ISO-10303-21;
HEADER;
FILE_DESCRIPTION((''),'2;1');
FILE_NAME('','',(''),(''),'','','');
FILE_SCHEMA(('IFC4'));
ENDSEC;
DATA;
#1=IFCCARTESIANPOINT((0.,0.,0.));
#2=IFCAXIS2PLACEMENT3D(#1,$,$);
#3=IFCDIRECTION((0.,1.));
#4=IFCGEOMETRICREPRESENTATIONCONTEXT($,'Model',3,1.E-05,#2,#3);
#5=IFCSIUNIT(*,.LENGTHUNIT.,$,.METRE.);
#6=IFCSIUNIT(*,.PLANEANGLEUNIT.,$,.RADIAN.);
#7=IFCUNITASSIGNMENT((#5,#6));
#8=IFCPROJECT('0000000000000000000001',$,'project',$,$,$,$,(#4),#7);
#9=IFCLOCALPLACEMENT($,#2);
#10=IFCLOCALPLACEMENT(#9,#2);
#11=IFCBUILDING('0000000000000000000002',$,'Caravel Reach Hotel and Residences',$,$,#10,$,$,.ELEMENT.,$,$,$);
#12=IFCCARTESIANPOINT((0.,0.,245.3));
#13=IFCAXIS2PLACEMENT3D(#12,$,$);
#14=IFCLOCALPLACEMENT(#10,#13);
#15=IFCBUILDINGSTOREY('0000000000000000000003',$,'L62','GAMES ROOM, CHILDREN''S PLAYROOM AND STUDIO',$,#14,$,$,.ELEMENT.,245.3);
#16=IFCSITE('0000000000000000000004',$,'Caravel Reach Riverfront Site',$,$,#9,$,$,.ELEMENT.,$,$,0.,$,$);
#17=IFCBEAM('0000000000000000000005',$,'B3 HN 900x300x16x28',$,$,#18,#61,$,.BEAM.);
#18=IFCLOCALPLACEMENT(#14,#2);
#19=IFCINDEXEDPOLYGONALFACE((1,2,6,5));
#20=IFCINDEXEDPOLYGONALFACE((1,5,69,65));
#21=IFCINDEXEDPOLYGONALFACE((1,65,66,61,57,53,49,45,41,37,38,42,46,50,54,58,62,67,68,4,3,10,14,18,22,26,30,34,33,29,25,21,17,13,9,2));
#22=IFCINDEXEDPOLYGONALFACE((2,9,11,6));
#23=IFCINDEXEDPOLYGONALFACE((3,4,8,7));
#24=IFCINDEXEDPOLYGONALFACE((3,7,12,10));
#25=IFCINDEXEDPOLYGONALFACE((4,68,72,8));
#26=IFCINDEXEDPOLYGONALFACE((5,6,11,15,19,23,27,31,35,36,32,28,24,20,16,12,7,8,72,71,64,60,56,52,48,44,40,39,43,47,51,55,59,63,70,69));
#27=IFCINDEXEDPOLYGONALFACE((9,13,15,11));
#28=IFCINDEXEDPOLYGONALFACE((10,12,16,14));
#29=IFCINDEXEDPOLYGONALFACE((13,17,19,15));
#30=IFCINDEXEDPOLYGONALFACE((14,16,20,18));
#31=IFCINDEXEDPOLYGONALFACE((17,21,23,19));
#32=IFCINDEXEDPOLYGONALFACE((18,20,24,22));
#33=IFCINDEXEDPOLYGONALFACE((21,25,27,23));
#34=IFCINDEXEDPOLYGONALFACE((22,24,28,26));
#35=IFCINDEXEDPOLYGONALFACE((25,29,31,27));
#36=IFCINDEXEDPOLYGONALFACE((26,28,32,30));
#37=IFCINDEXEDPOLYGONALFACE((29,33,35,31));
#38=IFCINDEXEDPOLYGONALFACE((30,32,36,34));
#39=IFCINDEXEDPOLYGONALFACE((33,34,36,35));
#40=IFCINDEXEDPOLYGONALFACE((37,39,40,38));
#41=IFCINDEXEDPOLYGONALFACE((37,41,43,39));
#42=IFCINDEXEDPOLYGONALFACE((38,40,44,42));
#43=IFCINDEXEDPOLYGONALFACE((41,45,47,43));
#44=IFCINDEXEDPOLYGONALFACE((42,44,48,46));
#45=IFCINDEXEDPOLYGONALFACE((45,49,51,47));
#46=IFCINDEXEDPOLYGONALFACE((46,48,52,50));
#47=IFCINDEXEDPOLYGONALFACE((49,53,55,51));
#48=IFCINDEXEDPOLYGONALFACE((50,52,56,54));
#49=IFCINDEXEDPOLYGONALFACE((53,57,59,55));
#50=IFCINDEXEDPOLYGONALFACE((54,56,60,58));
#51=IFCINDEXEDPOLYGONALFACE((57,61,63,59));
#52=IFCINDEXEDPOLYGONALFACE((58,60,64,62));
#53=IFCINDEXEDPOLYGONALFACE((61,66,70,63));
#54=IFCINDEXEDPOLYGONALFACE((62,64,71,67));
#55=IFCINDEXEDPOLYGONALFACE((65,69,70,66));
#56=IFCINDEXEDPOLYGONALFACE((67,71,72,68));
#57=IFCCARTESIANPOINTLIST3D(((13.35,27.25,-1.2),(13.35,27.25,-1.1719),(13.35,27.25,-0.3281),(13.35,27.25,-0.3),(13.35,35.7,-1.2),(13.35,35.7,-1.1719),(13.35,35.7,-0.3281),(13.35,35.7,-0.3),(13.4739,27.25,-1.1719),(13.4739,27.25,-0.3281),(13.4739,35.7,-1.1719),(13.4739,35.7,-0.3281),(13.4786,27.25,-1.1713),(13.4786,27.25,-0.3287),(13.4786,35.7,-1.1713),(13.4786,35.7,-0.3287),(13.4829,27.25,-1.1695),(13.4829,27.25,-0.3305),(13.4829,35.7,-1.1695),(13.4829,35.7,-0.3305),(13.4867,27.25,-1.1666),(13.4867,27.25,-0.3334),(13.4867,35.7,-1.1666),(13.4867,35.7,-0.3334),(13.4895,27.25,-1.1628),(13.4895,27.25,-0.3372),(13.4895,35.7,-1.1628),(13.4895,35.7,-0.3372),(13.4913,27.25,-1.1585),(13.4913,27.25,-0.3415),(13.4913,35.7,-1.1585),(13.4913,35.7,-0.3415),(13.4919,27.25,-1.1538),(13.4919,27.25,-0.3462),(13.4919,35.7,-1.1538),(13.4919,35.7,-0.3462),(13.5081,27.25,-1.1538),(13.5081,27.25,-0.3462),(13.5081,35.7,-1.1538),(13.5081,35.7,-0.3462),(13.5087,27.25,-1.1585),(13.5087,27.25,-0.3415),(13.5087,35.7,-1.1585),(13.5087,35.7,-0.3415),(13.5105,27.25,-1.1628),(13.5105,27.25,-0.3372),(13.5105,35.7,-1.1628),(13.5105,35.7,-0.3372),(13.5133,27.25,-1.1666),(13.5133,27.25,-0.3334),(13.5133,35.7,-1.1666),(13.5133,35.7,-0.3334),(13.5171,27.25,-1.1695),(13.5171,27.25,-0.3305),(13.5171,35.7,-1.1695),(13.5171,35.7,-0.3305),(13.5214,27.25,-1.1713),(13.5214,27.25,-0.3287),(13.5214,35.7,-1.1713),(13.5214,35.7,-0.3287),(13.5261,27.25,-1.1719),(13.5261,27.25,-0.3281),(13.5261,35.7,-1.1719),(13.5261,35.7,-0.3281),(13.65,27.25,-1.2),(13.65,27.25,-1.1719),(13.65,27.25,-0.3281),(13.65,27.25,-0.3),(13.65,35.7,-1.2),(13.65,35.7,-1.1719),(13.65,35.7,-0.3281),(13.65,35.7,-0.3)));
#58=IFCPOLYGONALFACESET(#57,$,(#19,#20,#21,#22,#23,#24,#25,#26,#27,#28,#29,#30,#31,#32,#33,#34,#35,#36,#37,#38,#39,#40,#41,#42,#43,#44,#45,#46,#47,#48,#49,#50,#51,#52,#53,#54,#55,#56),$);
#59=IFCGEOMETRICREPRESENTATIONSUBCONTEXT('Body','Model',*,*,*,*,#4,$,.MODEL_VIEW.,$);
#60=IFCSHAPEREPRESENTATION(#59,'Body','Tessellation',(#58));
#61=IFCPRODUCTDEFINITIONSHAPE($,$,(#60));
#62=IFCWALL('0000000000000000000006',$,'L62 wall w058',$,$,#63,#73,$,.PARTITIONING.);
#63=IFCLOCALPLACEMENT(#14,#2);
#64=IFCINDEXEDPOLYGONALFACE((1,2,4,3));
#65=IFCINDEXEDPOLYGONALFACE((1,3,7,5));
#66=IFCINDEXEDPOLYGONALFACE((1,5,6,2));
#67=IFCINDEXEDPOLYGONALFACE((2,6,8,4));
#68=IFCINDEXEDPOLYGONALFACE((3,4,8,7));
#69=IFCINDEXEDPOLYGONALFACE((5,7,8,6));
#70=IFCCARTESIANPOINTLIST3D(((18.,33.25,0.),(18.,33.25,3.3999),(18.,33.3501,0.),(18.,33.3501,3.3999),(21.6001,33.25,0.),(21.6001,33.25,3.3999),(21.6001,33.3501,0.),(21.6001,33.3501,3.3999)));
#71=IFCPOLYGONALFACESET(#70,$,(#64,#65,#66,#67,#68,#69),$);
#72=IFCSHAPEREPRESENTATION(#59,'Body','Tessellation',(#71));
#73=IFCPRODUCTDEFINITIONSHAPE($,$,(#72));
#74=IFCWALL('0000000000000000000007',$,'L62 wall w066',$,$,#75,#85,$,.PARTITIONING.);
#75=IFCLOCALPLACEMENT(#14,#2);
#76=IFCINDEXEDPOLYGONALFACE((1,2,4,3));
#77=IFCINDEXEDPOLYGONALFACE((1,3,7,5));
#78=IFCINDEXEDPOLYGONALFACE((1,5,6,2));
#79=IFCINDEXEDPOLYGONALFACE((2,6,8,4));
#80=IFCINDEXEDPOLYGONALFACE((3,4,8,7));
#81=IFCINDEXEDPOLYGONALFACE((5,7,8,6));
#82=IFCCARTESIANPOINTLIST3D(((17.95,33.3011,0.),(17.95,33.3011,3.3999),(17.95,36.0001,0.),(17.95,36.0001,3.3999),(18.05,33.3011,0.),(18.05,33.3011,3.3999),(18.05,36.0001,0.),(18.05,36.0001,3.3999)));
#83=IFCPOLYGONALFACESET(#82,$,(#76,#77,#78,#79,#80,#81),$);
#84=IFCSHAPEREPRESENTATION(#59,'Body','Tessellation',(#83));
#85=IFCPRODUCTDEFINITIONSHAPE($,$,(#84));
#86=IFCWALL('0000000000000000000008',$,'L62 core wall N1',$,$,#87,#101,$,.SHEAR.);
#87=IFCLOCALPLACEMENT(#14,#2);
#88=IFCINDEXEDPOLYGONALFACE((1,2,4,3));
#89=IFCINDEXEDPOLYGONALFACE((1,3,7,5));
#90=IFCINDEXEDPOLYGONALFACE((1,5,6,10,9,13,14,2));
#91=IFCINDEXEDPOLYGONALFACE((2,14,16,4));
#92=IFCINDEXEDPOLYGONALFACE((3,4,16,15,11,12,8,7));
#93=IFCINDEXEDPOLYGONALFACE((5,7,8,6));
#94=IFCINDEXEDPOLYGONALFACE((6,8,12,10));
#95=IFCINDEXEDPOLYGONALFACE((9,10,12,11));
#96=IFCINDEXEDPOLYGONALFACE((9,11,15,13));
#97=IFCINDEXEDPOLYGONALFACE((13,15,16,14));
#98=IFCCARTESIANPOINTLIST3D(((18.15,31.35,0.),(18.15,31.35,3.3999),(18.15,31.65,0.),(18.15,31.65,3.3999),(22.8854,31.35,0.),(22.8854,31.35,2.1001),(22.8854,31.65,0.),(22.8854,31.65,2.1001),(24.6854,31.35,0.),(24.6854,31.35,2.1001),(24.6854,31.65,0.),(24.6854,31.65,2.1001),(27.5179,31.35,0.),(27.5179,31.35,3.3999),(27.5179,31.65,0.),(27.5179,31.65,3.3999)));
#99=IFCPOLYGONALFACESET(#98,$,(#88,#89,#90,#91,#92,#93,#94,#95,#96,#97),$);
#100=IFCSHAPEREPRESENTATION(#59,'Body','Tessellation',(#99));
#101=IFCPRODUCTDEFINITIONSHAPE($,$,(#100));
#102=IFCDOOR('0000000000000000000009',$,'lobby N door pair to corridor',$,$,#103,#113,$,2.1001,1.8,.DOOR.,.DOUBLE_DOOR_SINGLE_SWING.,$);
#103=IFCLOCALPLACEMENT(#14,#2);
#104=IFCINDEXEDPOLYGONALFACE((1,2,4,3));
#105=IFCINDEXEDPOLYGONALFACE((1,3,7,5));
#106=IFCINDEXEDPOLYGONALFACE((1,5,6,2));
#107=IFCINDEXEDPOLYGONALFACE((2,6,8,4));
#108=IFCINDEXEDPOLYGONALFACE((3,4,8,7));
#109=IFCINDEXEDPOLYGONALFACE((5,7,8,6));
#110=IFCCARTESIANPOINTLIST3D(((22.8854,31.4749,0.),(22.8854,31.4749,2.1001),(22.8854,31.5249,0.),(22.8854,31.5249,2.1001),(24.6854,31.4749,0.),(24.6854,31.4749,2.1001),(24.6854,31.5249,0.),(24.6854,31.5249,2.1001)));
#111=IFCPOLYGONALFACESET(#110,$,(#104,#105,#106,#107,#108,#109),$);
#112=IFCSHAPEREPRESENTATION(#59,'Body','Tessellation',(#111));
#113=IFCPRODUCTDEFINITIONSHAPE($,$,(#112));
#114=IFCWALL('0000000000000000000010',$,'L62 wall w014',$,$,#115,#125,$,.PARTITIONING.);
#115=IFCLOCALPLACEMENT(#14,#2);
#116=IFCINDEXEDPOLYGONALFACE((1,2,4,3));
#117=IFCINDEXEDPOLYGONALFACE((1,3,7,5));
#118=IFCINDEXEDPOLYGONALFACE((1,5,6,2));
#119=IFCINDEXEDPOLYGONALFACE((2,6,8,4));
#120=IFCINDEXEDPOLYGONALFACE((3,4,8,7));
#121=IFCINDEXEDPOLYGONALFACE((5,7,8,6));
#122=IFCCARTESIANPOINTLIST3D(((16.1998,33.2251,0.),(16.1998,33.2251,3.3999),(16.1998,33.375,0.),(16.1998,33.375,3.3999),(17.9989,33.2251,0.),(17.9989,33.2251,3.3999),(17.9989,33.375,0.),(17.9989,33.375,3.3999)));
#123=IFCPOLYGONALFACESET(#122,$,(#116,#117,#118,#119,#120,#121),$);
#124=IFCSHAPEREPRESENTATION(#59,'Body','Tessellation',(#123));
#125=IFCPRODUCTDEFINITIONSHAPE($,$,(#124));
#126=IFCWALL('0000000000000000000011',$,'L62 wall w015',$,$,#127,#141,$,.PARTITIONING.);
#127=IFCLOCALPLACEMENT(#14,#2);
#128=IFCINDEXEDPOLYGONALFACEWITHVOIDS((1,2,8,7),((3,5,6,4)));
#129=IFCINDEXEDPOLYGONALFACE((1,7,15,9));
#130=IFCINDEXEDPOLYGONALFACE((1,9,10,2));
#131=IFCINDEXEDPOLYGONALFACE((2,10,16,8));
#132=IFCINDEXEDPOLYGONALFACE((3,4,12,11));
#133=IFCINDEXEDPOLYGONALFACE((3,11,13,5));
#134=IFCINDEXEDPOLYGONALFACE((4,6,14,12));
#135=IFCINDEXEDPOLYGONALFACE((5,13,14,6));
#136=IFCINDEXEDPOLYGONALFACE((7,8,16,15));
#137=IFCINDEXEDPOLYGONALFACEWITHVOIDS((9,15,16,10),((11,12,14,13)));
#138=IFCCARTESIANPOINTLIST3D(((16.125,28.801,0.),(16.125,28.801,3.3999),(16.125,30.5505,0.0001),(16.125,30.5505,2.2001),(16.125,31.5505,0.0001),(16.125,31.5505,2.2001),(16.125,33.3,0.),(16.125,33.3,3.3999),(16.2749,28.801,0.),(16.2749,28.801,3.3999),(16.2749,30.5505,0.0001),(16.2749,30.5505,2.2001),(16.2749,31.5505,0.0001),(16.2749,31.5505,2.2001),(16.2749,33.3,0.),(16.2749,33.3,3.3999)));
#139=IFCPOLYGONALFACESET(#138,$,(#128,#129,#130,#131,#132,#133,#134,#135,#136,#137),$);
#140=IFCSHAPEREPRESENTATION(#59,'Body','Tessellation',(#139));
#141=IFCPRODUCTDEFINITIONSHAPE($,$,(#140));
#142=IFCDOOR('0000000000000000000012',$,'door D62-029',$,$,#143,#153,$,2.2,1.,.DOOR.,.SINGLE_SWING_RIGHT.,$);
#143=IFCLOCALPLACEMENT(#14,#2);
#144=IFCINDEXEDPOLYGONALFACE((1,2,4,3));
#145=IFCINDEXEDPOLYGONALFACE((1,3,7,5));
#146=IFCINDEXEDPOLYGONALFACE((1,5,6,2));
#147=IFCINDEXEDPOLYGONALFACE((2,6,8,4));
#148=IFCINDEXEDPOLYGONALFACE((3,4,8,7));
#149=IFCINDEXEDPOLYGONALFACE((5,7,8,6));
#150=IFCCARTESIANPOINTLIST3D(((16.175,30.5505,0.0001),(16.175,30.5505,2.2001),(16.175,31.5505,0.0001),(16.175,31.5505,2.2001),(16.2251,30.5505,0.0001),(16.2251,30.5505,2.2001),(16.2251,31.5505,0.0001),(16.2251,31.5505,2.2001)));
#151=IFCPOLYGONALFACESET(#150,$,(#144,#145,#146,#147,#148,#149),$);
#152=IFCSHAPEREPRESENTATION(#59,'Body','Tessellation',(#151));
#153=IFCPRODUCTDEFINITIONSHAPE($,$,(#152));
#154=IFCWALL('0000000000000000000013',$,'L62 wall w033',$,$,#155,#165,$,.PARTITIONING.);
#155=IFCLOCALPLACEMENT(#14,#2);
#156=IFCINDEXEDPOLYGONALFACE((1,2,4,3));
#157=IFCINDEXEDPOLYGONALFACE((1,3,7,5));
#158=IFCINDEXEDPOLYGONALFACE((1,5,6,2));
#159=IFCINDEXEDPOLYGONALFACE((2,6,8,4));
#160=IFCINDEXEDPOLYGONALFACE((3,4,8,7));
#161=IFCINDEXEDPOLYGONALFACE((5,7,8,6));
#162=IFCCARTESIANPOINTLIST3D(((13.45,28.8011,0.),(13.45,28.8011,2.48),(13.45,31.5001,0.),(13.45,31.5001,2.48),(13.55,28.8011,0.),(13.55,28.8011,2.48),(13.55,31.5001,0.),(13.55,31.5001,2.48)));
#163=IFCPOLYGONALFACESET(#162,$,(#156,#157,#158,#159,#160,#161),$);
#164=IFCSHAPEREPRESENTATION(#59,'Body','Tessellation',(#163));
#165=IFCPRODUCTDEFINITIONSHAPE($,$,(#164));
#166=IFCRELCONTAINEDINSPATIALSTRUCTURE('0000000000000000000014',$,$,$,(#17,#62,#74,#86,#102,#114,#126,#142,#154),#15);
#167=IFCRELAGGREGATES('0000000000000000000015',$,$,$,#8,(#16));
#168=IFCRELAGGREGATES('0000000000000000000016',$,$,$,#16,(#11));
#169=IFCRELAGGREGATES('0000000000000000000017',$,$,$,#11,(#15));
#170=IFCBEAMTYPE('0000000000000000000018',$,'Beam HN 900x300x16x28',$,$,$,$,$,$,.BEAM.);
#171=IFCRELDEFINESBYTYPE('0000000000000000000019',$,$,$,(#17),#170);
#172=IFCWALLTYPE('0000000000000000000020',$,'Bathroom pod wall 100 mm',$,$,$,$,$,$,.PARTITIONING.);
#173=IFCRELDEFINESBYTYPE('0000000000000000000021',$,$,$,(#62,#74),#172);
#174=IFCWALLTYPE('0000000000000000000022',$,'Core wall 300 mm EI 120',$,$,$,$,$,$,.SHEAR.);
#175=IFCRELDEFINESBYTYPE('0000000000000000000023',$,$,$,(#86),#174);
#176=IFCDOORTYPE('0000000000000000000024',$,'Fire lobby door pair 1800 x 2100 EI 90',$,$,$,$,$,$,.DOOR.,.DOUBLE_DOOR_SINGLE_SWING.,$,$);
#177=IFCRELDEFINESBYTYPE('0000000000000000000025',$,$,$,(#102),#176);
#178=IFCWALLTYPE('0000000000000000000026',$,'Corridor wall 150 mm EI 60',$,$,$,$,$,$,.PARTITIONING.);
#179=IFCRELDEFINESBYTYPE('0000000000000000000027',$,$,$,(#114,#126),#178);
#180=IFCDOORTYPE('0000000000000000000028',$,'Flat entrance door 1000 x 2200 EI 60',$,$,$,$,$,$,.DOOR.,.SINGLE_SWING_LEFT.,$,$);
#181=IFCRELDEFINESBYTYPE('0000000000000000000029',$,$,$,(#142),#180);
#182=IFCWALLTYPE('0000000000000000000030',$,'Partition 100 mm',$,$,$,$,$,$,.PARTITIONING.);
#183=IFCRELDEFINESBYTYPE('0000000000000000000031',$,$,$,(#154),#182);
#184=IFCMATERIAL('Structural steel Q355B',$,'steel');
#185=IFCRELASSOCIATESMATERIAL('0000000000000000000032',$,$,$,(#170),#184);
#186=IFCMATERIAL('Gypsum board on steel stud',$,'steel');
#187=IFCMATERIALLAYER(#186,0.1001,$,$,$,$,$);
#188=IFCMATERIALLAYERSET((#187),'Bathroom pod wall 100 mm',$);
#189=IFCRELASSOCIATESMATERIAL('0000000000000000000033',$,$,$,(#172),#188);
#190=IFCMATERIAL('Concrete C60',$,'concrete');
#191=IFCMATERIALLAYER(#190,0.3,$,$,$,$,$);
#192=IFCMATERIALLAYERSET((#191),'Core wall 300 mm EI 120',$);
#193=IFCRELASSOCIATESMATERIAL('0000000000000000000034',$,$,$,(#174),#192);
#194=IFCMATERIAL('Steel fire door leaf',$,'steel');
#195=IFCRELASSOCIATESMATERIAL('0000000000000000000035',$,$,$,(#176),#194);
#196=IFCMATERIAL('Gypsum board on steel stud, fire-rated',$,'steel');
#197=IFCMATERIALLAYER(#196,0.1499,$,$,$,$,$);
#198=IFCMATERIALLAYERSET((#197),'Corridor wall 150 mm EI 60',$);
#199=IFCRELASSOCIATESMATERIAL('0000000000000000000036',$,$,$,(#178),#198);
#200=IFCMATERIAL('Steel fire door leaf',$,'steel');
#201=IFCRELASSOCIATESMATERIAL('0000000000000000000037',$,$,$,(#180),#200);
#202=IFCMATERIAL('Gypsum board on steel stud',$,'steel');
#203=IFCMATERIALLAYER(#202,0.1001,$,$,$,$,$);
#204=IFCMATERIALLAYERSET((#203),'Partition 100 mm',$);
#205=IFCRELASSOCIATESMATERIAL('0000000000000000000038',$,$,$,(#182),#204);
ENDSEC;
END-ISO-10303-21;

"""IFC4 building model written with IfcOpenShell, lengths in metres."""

from ifc_helpers import new_model, si_unit, direction, frame, frame_2d, origin, origin_2d, place, context, subcontext, project, spatial, rectangle, i_section, extrude, material, layer, layer_set, material_profile, profile_set, type_object, element, fill, save


model = new_model("IFC4")

# Units and contexts
model_context = context("Model", 3, precision=1e-05, world=origin(), true_north=direction((0.0, 1.0)))
body_context = subcontext(model_context, "Body", "Model", "MODEL_VIEW")
ifc_project = project(units=[si_unit("LENGTHUNIT", "METRE"), si_unit("PLANEANGLEUNIT", "RADIAN")], contexts=[model_context])

# Site, building, storey
site_placement = place(None, origin())
site = spatial("IfcSite", under=ifc_project, at=site_placement, Name="Caravel Reach Riverfront Site", CompositionType="ELEMENT", RefElevation=0.0)
building_placement = place(site_placement, origin())
building = spatial("IfcBuilding", under=site, at=building_placement, Name="Caravel Reach Hotel and Residences", CompositionType="ELEMENT")
storey_placement = place(building_placement, frame((0.0, 0.0, 245.3)))
storey = spatial("IfcBuildingStorey", under=building, at=storey_placement, Name="L62", Description="GAMES ROOM, CHILDREN'S PLAYROOM AND STUDIO", CompositionType="ELEMENT", Elevation=245.3)

# Beam
ifc_material_1 = material(Name="Structural steel Q355B", Category="steel")
ifc_material_profile_1 = material_profile(ifc_material_1, i_section(OverallWidth=0.3, OverallDepth=0.8999, WebThickness=0.0161, FlangeThickness=0.0281, FilletRadius=0.0181, at=origin_2d()), Name="HN 900x300x16x28")
ifc_profile_set_1 = profile_set([ifc_material_profile_1], Name="Structural steel Q355B")
beam_type_1 = type_object("IfcBeamType", Name="Beam HN 900x300x16x28", PredefinedType="BEAM", material=ifc_profile_set_1)
beam_1_placement = place(storey_placement, frame((13.5, 27.25, -0.75), z_axis=(0.0, 1.0, 0.0), x_axis=(-1.0, 0.0, 0.0)))
element("IfcBeam", 1, at=beam_1_placement, inside=storey, type_object=beam_type_1, Name="B3 HN 900x300x16x28", PredefinedType="BEAM", context=body_context, shape_type="SweptSolid", body=[
    extrude(i_section(OverallWidth=0.3, OverallDepth=0.8999, WebThickness=0.0161, FlangeThickness=0.0281, FilletRadius=0.0181, at=origin_2d()), origin(), (0.0, 0.0, 1.0), 8.45),
])

# Walls
ifc_material_2 = material(Name="Gypsum board on steel stud", Category="steel")
ifc_layer_1 = layer(ifc_material_2, 0.1001)
ifc_layer_set_1 = layer_set([ifc_layer_1], Name="Bathroom pod wall 100 mm")
wall_type_1 = type_object("IfcWallType", Name="Bathroom pod wall 100 mm", PredefinedType="PARTITIONING", material=ifc_layer_set_1)
wall_1_placement = place(storey_placement, frame((18.0, 33.3, 0.0), z_axis=(0.0, 0.0, 1.0), x_axis=(1.0, 0.0, 0.0)))
element("IfcWall", 2, at=wall_1_placement, inside=storey, type_object=wall_type_1, Name="L62 wall w058", PredefinedType="PARTITIONING", context=body_context, shape_type="SweptSolid", body=[
    extrude(rectangle(XDim=3.6001, YDim=0.1001, at=frame_2d((1.8, 0.0))), origin(), (0.0, 0.0, 1.0), 3.3999),
])
wall_2_placement = place(storey_placement, frame((18.0, 33.301, 0.0), z_axis=(0.0, 0.0, 1.0), x_axis=(0.0, 1.0, 0.0)))
element("IfcWall", 3, at=wall_2_placement, inside=storey, type_object=wall_type_1, Name="L62 wall w066", PredefinedType="PARTITIONING", context=body_context, shape_type="SweptSolid", body=[
    extrude(rectangle(XDim=2.699, YDim=0.1001, at=frame_2d((1.3496, 0.0))), origin(), (0.0, 0.0, 1.0), 3.3999),
])

# Wall, opening, door
ifc_material_3 = material(Name="Concrete C60", Category="concrete")
ifc_layer_2 = layer(ifc_material_3, 0.3)
ifc_layer_set_2 = layer_set([ifc_layer_2], Name="Core wall 300 mm EI 120")
wall_type_2 = type_object("IfcWallType", Name="Core wall 300 mm EI 120", PredefinedType="SHEAR", material=ifc_layer_set_2)
wall_3_placement = place(storey_placement, frame((18.1499, 31.5, 0.0), z_axis=(0.0, 0.0, 1.0), x_axis=(1.0, 0.0, 0.0)))
wall_3 = element("IfcWall", 4, at=wall_3_placement, inside=storey, type_object=wall_type_2, Name="L62 core wall N1", PredefinedType="SHEAR", context=body_context, shape_type="SweptSolid", body=[
    extrude(rectangle(XDim=9.3679, YDim=0.3, at=frame_2d((4.6841, 0.0))), origin(), (0.0, 0.0, 1.0), 3.3999),
])
opening_1_placement = place(wall_3_placement, frame((4.7356, 0.0, 0.0)))
opening_1 = element("IfcOpeningElement", 5, at=opening_1_placement, cuts=wall_3, PredefinedType="OPENING", context=body_context, shape_type="SweptSolid", body=[
    extrude(rectangle(XDim=1.8, YDim=2.1001, at=frame_2d((0.8999, 1.05))), frame((0.0, 0.1599, 0.0), z_axis=(0.0, -1.0, 0.0), x_axis=(1.0, 0.0, 0.0)), (0.0, 0.0, 1.0), 0.3201),
])
ifc_material_4 = material(Name="Steel fire door leaf", Category="steel")
door_type_1 = type_object("IfcDoorType", Name="Fire lobby door pair 1800 x 2100 EI 90", OperationType="DOUBLE_DOOR_SINGLE_SWING", PredefinedType="DOOR", material=ifc_material_4)
door_1_placement = place(opening_1_placement, origin())
door_1 = element("IfcDoor", 6, at=door_1_placement, inside=storey, type_object=door_type_1, Name="lobby N door pair to corridor", OperationType="DOUBLE_DOOR_SINGLE_SWING", OverallHeight=2.1001, OverallWidth=1.8, PredefinedType="DOOR", context=body_context, shape_type="SweptSolid", body=[
    extrude(rectangle(XDim=1.8, YDim=2.1001, at=frame_2d((0.8999, 1.05))), frame((0.0, 0.0249, 0.0), z_axis=(0.0, -1.0, 0.0), x_axis=(1.0, 0.0, 0.0)), (0.0, 0.0, 1.0), 0.05),
])
fill(opening_1, door_1)

# Wall
ifc_material_5 = material(Name="Gypsum board on steel stud, fire-rated", Category="steel")
ifc_layer_3 = layer(ifc_material_5, 0.1499)
ifc_layer_set_3 = layer_set([ifc_layer_3], Name="Corridor wall 150 mm EI 60")
wall_type_3 = type_object("IfcWallType", Name="Corridor wall 150 mm EI 60", PredefinedType="PARTITIONING", material=ifc_layer_set_3)
wall_4_placement = place(storey_placement, frame((16.2, 33.3, 0.0), z_axis=(0.0, 0.0, 1.0), x_axis=(1.0, 0.0, 0.0)))
element("IfcWall", 7, at=wall_4_placement, inside=storey, type_object=wall_type_3, Name="L62 wall w014", PredefinedType="PARTITIONING", context=body_context, shape_type="SweptSolid", body=[
    extrude(rectangle(XDim=1.7991, YDim=0.1499, at=frame_2d((0.8994, 0.0))), origin(), (0.0, 0.0, 1.0), 3.3999),
])

# Wall, opening, door
wall_5_placement = place(storey_placement, frame((16.2, 28.801, 0.0), z_axis=(0.0, 0.0, 1.0), x_axis=(0.0, 1.0, 0.0)))
wall_5 = element("IfcWall", 8, at=wall_5_placement, inside=storey, type_object=wall_type_3, Name="L62 wall w015", PredefinedType="PARTITIONING", context=body_context, shape_type="SweptSolid", body=[
    extrude(rectangle(XDim=4.499, YDim=0.1499, at=frame_2d((2.2495, 0.0))), origin(), (0.0, 0.0, 1.0), 3.3999),
])
opening_2_placement = place(wall_5_placement, frame((1.7495, 0.0, 0.0)))
opening_2 = element("IfcOpeningElement", 9, at=opening_2_placement, cuts=wall_5, PredefinedType="OPENING", context=body_context, shape_type="SweptSolid", body=[
    extrude(rectangle(XDim=1.0, YDim=2.2, at=frame_2d((0.5, 1.1001))), frame((0.0, 0.085, 0.0), z_axis=(0.0, -1.0, 0.0), x_axis=(1.0, 0.0, 0.0)), (0.0, 0.0, 1.0), 0.1699),
])
ifc_material_6 = material(Name="Steel fire door leaf", Category="steel")
door_type_2 = type_object("IfcDoorType", Name="Flat entrance door 1000 x 2200 EI 60", OperationType="SINGLE_SWING_LEFT", PredefinedType="DOOR", material=ifc_material_6)
door_2_placement = place(opening_2_placement, origin())
door_2 = element("IfcDoor", 10, at=door_2_placement, inside=storey, type_object=door_type_2, Name="door D62-029", OperationType="SINGLE_SWING_RIGHT", OverallHeight=2.2, OverallWidth=1.0, PredefinedType="DOOR", context=body_context, shape_type="SweptSolid", body=[
    extrude(rectangle(XDim=1.0, YDim=2.2, at=frame_2d((0.5, 1.1001))), frame((0.0, 0.0249, 0.0), z_axis=(0.0, -1.0, 0.0), x_axis=(1.0, 0.0, 0.0)), (0.0, 0.0, 1.0), 0.05),
])
fill(opening_2, door_2)

# Wall
ifc_material_7 = material(Name="Gypsum board on steel stud", Category="steel")
ifc_layer_4 = layer(ifc_material_7, 0.1001)
ifc_layer_set_4 = layer_set([ifc_layer_4], Name="Partition 100 mm")
wall_type_4 = type_object("IfcWallType", Name="Partition 100 mm", PredefinedType="PARTITIONING", material=ifc_layer_set_4)
wall_6_placement = place(storey_placement, frame((13.5, 28.801, 0.0), z_axis=(0.0, 0.0, 1.0), x_axis=(0.0, 1.0, 0.0)))
element("IfcWall", 11, at=wall_6_placement, inside=storey, type_object=wall_type_4, Name="L62 wall w033", PredefinedType="PARTITIONING", context=body_context, shape_type="SweptSolid", body=[
    extrude(rectangle(XDim=2.699, YDim=0.1001, at=frame_2d((1.3496, 0.0))), origin(), (0.0, 0.0, 1.0), 2.48),
])

save(model, "model.ifc")
